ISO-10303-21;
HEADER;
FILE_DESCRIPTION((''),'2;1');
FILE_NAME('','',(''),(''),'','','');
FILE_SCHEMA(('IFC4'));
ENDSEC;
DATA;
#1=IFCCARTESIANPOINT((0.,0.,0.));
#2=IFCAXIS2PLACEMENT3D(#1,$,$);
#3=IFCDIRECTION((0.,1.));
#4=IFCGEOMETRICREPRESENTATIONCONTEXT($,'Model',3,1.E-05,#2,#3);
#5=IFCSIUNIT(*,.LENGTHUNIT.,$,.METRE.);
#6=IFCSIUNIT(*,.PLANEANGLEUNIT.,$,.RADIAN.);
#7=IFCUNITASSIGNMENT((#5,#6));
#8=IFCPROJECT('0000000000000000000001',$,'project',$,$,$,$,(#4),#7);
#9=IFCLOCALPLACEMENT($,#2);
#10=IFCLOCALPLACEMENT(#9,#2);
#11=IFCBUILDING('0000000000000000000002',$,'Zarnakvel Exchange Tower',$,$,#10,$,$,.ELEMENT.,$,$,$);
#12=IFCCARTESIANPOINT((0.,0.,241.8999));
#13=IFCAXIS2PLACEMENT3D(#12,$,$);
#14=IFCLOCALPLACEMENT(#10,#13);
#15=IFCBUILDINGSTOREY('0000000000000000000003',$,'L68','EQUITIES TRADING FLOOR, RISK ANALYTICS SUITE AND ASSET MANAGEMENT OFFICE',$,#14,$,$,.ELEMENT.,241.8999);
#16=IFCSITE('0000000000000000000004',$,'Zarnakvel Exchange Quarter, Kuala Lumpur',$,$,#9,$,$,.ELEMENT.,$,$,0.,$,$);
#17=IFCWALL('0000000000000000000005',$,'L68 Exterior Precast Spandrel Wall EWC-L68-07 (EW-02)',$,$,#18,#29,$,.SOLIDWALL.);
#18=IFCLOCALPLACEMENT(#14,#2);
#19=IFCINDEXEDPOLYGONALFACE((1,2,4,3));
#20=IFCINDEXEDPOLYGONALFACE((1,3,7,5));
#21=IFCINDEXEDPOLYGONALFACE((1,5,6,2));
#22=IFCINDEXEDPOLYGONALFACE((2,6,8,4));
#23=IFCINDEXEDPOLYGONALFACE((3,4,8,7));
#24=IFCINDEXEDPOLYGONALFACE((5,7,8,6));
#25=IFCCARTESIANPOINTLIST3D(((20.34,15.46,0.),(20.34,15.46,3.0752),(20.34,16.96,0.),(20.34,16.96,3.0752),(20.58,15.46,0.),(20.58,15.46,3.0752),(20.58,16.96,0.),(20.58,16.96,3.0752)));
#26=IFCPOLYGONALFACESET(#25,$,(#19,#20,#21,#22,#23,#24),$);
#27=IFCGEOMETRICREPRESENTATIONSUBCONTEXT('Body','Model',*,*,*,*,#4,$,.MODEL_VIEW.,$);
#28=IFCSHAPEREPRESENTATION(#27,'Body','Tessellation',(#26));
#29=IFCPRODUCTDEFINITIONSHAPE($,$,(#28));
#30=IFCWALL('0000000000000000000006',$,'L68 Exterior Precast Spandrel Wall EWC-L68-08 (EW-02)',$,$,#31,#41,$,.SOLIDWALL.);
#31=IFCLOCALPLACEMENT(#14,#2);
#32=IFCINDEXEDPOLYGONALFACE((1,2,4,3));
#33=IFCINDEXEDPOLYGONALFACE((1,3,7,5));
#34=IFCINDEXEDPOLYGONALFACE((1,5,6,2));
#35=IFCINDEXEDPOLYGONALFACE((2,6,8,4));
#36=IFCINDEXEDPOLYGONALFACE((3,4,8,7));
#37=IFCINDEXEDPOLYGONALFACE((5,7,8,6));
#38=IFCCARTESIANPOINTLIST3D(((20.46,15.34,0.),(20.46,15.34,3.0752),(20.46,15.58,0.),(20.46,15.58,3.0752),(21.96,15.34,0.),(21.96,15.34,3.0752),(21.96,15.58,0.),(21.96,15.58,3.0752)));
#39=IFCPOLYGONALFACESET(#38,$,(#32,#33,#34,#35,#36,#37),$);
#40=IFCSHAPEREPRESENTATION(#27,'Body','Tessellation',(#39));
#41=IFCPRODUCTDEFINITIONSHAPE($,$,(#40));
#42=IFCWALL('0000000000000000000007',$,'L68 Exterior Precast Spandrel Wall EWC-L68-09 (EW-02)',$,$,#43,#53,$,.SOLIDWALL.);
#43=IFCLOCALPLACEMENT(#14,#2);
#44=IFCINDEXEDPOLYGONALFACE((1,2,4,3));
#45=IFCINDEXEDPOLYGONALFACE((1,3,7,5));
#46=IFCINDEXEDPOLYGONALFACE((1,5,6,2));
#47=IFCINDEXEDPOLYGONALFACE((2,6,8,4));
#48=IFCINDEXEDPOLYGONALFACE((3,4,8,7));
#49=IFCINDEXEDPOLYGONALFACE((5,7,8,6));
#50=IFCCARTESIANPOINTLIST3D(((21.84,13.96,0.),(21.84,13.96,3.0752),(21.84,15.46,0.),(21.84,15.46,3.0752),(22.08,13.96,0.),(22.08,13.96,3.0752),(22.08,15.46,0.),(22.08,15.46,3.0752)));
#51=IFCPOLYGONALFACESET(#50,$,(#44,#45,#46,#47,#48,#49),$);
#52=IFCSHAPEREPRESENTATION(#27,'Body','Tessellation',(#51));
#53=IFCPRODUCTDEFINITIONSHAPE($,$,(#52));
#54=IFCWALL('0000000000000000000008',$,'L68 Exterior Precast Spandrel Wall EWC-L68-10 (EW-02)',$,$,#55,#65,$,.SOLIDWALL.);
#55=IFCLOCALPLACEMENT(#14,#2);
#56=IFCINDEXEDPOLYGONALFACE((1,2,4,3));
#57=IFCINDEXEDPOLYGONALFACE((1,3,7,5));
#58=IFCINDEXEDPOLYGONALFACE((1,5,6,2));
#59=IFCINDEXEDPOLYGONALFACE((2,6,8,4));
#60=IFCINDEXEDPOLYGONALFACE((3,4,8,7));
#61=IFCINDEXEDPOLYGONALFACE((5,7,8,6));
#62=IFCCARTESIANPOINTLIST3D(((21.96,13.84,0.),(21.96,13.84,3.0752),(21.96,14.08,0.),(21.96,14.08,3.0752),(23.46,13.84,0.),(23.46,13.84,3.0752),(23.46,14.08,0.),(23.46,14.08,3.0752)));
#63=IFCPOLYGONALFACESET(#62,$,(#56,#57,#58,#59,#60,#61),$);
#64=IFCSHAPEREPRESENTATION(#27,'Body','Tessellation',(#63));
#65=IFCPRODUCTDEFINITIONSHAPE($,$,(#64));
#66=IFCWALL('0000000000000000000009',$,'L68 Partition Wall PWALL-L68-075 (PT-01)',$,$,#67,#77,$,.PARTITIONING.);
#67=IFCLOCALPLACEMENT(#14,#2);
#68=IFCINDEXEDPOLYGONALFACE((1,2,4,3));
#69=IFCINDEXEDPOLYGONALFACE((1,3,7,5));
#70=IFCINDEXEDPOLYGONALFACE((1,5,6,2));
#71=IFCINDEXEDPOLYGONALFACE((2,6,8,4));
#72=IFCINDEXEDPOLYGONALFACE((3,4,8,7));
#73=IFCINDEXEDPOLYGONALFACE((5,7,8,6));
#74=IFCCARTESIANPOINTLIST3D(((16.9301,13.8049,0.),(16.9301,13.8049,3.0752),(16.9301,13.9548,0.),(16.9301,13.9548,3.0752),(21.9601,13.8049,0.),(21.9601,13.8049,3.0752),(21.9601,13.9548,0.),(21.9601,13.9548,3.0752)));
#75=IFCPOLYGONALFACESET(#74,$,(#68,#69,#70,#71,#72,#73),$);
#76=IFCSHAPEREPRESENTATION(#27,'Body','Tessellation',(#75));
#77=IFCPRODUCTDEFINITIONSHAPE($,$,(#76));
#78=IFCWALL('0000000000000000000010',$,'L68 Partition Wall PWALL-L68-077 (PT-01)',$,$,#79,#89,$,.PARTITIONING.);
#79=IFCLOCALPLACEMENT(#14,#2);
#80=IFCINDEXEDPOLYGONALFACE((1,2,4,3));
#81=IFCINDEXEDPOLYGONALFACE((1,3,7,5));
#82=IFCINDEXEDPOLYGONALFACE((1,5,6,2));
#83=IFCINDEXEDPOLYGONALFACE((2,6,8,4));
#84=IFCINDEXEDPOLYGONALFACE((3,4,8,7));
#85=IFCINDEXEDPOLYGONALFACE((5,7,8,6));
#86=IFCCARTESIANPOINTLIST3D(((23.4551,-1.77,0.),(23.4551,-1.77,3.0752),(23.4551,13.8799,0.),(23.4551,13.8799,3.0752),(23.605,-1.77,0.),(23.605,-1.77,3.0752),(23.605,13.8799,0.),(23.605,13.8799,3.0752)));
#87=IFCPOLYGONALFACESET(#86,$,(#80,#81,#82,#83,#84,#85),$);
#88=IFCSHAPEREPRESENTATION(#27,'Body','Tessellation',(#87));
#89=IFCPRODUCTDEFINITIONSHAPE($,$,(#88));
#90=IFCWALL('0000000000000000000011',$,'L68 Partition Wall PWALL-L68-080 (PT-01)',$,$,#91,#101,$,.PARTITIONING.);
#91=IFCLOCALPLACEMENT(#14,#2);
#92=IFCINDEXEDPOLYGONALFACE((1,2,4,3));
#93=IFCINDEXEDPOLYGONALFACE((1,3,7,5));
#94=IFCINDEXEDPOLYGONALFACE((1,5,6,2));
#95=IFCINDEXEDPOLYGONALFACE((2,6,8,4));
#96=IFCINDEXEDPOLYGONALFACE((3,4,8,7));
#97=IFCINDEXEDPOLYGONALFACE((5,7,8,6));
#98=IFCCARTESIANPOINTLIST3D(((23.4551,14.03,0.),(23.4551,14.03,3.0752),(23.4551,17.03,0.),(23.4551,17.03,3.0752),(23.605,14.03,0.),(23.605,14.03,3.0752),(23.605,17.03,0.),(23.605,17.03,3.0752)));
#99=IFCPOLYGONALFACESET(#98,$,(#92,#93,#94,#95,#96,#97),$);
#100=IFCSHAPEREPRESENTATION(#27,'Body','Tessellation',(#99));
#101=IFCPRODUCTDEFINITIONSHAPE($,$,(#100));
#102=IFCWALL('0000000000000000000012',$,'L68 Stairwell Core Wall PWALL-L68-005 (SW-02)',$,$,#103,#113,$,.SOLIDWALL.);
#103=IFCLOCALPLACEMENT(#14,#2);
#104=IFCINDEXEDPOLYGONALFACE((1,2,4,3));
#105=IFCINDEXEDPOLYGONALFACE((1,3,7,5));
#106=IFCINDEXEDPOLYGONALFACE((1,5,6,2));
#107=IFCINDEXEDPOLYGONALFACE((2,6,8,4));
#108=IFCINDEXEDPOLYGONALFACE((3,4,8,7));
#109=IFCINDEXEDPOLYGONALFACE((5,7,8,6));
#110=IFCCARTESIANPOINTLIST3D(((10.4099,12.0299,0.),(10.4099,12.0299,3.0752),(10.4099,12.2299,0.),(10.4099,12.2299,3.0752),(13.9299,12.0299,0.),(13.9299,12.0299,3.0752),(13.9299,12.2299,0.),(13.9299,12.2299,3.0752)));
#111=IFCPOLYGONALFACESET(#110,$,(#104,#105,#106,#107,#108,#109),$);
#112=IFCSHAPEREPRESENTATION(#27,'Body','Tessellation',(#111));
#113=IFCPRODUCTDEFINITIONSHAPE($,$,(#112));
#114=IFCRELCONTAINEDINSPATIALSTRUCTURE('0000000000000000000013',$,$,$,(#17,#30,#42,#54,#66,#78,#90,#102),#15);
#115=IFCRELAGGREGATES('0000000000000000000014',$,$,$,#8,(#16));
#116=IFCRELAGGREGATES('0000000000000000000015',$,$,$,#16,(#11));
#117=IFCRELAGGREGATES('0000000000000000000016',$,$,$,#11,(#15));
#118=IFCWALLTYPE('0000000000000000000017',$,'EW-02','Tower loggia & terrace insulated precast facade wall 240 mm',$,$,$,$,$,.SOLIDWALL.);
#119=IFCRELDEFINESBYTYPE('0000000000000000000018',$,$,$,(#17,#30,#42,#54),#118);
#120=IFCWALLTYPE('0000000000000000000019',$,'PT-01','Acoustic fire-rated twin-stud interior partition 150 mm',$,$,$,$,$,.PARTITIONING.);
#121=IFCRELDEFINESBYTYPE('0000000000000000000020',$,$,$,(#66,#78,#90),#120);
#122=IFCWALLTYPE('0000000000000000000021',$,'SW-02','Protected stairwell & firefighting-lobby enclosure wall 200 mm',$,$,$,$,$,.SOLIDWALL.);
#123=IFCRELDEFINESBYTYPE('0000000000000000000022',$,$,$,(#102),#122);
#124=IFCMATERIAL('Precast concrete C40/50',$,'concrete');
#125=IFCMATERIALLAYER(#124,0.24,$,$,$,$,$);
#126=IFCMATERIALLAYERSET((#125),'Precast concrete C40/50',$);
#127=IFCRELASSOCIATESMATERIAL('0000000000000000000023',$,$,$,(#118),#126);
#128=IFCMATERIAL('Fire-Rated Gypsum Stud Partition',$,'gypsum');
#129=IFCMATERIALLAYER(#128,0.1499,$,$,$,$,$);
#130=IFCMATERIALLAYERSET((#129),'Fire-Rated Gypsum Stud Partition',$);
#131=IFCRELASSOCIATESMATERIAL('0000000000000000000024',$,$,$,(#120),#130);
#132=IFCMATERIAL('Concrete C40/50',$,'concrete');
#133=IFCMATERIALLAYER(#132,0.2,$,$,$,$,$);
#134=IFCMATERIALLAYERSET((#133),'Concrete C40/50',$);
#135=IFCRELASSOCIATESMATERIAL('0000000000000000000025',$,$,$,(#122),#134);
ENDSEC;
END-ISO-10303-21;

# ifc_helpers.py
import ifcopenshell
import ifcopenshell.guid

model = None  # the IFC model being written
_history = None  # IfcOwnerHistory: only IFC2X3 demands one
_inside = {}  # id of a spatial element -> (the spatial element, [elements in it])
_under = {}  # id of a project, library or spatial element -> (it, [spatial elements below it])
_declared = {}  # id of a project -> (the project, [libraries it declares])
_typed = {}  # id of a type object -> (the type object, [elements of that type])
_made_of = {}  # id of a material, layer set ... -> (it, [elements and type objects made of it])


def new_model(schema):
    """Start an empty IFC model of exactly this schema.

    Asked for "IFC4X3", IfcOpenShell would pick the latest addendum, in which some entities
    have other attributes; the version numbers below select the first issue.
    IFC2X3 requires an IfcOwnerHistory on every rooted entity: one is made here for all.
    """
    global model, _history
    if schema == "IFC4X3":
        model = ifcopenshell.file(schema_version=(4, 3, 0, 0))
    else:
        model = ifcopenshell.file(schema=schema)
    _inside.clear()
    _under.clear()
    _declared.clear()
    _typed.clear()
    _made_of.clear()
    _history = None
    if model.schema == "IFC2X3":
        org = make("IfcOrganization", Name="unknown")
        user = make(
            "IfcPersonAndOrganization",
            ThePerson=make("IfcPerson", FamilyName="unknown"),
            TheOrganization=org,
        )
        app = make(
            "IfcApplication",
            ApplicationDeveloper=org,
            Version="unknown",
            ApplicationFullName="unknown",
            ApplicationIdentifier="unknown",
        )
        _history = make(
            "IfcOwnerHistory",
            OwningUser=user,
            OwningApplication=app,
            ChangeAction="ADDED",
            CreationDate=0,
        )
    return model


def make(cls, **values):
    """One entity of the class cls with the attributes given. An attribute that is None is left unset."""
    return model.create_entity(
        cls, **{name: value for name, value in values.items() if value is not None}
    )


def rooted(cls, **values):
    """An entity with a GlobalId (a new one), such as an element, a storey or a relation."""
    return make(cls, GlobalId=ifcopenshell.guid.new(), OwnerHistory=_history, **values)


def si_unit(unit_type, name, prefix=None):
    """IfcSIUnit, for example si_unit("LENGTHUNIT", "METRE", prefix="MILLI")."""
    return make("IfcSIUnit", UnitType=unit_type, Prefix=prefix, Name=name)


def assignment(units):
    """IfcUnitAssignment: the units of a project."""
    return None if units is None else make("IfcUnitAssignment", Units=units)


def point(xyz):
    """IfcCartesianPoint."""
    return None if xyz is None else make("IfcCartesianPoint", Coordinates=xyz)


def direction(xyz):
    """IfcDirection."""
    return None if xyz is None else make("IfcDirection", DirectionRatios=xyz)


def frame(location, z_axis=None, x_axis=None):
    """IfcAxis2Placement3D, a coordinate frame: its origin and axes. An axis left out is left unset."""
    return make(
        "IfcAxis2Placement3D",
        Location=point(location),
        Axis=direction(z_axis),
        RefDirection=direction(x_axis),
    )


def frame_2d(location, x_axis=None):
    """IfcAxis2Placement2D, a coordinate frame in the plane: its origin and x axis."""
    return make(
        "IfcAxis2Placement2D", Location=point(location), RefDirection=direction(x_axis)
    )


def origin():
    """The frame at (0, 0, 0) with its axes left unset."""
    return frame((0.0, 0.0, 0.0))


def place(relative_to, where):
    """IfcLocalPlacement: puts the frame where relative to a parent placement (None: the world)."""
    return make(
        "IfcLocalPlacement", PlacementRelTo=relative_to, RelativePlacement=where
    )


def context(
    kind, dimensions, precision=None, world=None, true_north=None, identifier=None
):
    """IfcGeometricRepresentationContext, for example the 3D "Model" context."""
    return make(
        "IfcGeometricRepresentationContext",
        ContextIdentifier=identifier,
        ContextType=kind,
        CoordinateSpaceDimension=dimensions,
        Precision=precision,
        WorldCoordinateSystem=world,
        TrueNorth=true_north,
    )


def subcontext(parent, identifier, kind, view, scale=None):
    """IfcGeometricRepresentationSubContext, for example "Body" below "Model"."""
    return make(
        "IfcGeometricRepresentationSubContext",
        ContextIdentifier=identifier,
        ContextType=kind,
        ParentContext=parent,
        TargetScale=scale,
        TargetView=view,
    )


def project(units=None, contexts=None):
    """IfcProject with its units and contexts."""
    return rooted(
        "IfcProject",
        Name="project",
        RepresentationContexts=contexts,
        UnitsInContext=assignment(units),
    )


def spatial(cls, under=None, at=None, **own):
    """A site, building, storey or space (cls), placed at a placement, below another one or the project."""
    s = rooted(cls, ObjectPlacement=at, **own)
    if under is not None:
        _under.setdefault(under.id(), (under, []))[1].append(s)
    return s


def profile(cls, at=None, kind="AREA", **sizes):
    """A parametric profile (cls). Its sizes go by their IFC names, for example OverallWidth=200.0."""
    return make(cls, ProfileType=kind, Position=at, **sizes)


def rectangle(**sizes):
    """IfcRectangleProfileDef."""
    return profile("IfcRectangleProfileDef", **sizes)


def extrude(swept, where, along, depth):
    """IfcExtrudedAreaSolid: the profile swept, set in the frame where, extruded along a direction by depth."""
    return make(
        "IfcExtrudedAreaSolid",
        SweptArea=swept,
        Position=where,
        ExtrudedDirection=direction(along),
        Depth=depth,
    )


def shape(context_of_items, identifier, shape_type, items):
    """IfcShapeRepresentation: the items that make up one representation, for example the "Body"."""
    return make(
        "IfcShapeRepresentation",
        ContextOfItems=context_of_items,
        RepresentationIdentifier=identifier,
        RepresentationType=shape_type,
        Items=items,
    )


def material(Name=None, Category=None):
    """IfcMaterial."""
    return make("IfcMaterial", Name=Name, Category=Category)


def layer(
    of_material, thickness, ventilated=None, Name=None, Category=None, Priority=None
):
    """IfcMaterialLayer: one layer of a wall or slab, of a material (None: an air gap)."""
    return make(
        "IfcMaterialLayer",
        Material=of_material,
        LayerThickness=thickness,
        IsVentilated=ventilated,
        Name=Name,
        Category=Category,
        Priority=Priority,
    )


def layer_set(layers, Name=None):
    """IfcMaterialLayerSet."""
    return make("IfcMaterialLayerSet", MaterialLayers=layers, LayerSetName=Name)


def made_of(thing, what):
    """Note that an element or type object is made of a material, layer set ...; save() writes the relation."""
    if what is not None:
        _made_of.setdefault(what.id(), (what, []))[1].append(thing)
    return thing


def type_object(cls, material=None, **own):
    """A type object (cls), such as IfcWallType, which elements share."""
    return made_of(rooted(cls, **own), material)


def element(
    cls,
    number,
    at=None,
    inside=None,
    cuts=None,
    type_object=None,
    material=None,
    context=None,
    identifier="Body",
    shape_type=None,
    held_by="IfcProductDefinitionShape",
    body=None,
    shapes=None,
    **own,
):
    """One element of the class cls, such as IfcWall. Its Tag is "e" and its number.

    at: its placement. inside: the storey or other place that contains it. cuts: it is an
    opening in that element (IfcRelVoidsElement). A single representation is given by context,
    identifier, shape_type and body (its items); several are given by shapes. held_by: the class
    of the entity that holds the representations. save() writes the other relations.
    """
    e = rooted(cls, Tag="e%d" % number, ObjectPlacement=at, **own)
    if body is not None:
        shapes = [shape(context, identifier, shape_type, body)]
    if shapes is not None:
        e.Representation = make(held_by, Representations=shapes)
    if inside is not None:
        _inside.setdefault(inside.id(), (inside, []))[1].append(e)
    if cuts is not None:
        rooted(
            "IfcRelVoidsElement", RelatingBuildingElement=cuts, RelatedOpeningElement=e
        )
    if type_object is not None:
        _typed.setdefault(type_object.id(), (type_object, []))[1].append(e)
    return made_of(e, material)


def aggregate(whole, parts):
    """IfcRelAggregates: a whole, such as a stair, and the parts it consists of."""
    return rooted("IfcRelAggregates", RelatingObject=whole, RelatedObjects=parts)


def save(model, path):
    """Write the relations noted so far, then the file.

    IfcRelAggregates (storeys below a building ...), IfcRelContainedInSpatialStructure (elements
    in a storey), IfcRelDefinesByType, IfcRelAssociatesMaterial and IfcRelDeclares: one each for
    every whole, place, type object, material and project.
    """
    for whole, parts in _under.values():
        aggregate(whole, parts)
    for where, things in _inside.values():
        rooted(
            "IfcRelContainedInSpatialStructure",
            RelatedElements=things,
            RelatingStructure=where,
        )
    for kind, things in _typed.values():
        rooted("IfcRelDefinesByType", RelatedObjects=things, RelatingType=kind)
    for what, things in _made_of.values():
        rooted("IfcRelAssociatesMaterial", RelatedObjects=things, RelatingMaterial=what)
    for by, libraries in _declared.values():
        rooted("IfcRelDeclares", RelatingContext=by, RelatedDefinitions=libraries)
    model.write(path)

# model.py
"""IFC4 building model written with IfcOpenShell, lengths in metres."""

from ifc_helpers import new_model, si_unit, direction, frame, frame_2d, origin, place, context, subcontext, project, spatial, rectangle, extrude, material, layer, layer_set, type_object, element, save


model = new_model("IFC4")

# Units and contexts
model_context = context("Model", 3, precision=1e-05, world=origin(), true_north=direction((0.0, 1.0)))
body_context = subcontext(model_context, "Body", "Model", "MODEL_VIEW")
ifc_project = project(units=[si_unit("LENGTHUNIT", "METRE"), si_unit("PLANEANGLEUNIT", "RADIAN")], contexts=[model_context])

# Site, building, storey
site_placement = place(None, origin())
site = spatial("IfcSite", under=ifc_project, at=site_placement, Name="Zarnakvel Exchange Quarter, Kuala Lumpur", CompositionType="ELEMENT", RefElevation=0.0)
building_placement = place(site_placement, origin())
building = spatial("IfcBuilding", under=site, at=building_placement, Name="Zarnakvel Exchange Tower", CompositionType="ELEMENT")
storey_placement = place(building_placement, frame((0.0, 0.0, 241.8999)))
storey = spatial("IfcBuildingStorey", under=building, at=storey_placement, Name="L68", Description="EQUITIES TRADING FLOOR, RISK ANALYTICS SUITE AND ASSET MANAGEMENT OFFICE", CompositionType="ELEMENT", Elevation=241.8999)

# Walls
ifc_material_1 = material(Name="Precast concrete C40/50", Category="concrete")
ifc_layer_1 = layer(ifc_material_1, 0.24)
ifc_layer_set_1 = layer_set([ifc_layer_1], Name="Precast concrete C40/50")
wall_type_1 = type_object("IfcWallType", Name="EW-02", Description="Tower loggia & terrace insulated precast facade wall 240 mm", PredefinedType="SOLIDWALL", material=ifc_layer_set_1)
for number, where, z_axis, x_axis, name in (
    (1, (20.46, 15.46, 0.0), (0.0, 0.0, 1.0), (0.0, 1.0, 0.0), "L68 Exterior Precast Spandrel Wall EWC-L68-07 (EW-02)"),
    (2, (21.96, 15.46, 0.0), (0.0, 0.0, 1.0), (-1.0, 0.0, 0.0), "L68 Exterior Precast Spandrel Wall EWC-L68-08 (EW-02)"),
    (3, (21.96, 13.96, 0.0), (0.0, 0.0, 1.0), (0.0, 1.0, 0.0), "L68 Exterior Precast Spandrel Wall EWC-L68-09 (EW-02)"),
    (4, (23.46, 13.96, 0.0), (0.0, 0.0, 1.0), (-1.0, 0.0, 0.0), "L68 Exterior Precast Spandrel Wall EWC-L68-10 (EW-02)"),
):
    element("IfcWall", number, at=place(storey_placement, frame(where, z_axis=z_axis, x_axis=x_axis)), inside=storey, type_object=wall_type_1, Name=name, PredefinedType="SOLIDWALL", context=body_context, shape_type="SweptSolid", body=[
        extrude(rectangle(XDim=1.5, YDim=0.24, at=frame_2d((0.75, 0.0))), origin(), (0.0, 0.0, 1.0), 3.0752),
    ])
ifc_material_2 = material(Name="Fire-Rated Gypsum Stud Partition", Category="gypsum")
ifc_layer_2 = layer(ifc_material_2, 0.1499)
ifc_layer_set_2 = layer_set([ifc_layer_2], Name="Fire-Rated Gypsum Stud Partition")
wall_type_2 = type_object("IfcWallType", Name="PT-01", Description="Acoustic fire-rated twin-stud interior partition 150 mm", PredefinedType="PARTITIONING", material=ifc_layer_set_2)
wall_1_placement = place(storey_placement, frame((16.9299, 13.8799, 0.0), z_axis=(0.0, 0.0, 1.0), x_axis=(1.0, 0.0, 0.0)))
element("IfcWall", 5, at=wall_1_placement, inside=storey, type_object=wall_type_2, Name="L68 Partition Wall PWALL-L68-075 (PT-01)", PredefinedType="PARTITIONING", context=body_context, shape_type="SweptSolid", body=[
    extrude(rectangle(XDim=5.03, YDim=0.1499, at=frame_2d((2.5151, 0.0))), origin(), (0.0, 0.0, 1.0), 3.0752),
])
wall_2_placement = place(storey_placement, frame((23.53, 13.8799, 0.0), z_axis=(0.0, 0.0, 1.0), x_axis=(0.0, -1.0, 0.0)))
element("IfcWall", 6, at=wall_2_placement, inside=storey, type_object=wall_type_2, Name="L68 Partition Wall PWALL-L68-077 (PT-01)", PredefinedType="PARTITIONING", context=body_context, shape_type="SweptSolid", body=[
    extrude(rectangle(XDim=15.6499, YDim=0.1499, at=frame_2d((7.825, 0.0))), origin(), (0.0, 0.0, 1.0), 3.0752),
])
wall_3_placement = place(storey_placement, frame((23.53, 17.03, 0.0), z_axis=(0.0, 0.0, 1.0), x_axis=(0.0, -1.0, 0.0)))
element("IfcWall", 7, at=wall_3_placement, inside=storey, type_object=wall_type_2, Name="L68 Partition Wall PWALL-L68-080 (PT-01)", PredefinedType="PARTITIONING", context=body_context, shape_type="SweptSolid", body=[
    extrude(rectangle(XDim=3.0, YDim=0.1499, at=frame_2d((1.5, 0.0))), origin(), (0.0, 0.0, 1.0), 3.0752),
])
ifc_material_3 = material(Name="Concrete C40/50", Category="concrete")
ifc_layer_3 = layer(ifc_material_3, 0.2)
ifc_layer_set_3 = layer_set([ifc_layer_3], Name="Concrete C40/50")
wall_type_3 = type_object("IfcWallType", Name="SW-02", Description="Protected stairwell & firefighting-lobby enclosure wall 200 mm", PredefinedType="SOLIDWALL", material=ifc_layer_set_3)
wall_4_placement = place(storey_placement, frame((10.4099, 12.1299, 0.0), z_axis=(0.0, 0.0, 1.0), x_axis=(1.0, 0.0, 0.0)))
element("IfcWall", 8, at=wall_4_placement, inside=storey, type_object=wall_type_3, Name="L68 Stairwell Core Wall PWALL-L68-005 (SW-02)", PredefinedType="SOLIDWALL", context=body_context, shape_type="SweptSolid", body=[
    extrude(rectangle(XDim=3.52, YDim=0.2, at=frame_2d((1.76, 0.0))), origin(), (0.0, 0.0, 1.0), 3.0752),
])

save(model, "model.ifc")
